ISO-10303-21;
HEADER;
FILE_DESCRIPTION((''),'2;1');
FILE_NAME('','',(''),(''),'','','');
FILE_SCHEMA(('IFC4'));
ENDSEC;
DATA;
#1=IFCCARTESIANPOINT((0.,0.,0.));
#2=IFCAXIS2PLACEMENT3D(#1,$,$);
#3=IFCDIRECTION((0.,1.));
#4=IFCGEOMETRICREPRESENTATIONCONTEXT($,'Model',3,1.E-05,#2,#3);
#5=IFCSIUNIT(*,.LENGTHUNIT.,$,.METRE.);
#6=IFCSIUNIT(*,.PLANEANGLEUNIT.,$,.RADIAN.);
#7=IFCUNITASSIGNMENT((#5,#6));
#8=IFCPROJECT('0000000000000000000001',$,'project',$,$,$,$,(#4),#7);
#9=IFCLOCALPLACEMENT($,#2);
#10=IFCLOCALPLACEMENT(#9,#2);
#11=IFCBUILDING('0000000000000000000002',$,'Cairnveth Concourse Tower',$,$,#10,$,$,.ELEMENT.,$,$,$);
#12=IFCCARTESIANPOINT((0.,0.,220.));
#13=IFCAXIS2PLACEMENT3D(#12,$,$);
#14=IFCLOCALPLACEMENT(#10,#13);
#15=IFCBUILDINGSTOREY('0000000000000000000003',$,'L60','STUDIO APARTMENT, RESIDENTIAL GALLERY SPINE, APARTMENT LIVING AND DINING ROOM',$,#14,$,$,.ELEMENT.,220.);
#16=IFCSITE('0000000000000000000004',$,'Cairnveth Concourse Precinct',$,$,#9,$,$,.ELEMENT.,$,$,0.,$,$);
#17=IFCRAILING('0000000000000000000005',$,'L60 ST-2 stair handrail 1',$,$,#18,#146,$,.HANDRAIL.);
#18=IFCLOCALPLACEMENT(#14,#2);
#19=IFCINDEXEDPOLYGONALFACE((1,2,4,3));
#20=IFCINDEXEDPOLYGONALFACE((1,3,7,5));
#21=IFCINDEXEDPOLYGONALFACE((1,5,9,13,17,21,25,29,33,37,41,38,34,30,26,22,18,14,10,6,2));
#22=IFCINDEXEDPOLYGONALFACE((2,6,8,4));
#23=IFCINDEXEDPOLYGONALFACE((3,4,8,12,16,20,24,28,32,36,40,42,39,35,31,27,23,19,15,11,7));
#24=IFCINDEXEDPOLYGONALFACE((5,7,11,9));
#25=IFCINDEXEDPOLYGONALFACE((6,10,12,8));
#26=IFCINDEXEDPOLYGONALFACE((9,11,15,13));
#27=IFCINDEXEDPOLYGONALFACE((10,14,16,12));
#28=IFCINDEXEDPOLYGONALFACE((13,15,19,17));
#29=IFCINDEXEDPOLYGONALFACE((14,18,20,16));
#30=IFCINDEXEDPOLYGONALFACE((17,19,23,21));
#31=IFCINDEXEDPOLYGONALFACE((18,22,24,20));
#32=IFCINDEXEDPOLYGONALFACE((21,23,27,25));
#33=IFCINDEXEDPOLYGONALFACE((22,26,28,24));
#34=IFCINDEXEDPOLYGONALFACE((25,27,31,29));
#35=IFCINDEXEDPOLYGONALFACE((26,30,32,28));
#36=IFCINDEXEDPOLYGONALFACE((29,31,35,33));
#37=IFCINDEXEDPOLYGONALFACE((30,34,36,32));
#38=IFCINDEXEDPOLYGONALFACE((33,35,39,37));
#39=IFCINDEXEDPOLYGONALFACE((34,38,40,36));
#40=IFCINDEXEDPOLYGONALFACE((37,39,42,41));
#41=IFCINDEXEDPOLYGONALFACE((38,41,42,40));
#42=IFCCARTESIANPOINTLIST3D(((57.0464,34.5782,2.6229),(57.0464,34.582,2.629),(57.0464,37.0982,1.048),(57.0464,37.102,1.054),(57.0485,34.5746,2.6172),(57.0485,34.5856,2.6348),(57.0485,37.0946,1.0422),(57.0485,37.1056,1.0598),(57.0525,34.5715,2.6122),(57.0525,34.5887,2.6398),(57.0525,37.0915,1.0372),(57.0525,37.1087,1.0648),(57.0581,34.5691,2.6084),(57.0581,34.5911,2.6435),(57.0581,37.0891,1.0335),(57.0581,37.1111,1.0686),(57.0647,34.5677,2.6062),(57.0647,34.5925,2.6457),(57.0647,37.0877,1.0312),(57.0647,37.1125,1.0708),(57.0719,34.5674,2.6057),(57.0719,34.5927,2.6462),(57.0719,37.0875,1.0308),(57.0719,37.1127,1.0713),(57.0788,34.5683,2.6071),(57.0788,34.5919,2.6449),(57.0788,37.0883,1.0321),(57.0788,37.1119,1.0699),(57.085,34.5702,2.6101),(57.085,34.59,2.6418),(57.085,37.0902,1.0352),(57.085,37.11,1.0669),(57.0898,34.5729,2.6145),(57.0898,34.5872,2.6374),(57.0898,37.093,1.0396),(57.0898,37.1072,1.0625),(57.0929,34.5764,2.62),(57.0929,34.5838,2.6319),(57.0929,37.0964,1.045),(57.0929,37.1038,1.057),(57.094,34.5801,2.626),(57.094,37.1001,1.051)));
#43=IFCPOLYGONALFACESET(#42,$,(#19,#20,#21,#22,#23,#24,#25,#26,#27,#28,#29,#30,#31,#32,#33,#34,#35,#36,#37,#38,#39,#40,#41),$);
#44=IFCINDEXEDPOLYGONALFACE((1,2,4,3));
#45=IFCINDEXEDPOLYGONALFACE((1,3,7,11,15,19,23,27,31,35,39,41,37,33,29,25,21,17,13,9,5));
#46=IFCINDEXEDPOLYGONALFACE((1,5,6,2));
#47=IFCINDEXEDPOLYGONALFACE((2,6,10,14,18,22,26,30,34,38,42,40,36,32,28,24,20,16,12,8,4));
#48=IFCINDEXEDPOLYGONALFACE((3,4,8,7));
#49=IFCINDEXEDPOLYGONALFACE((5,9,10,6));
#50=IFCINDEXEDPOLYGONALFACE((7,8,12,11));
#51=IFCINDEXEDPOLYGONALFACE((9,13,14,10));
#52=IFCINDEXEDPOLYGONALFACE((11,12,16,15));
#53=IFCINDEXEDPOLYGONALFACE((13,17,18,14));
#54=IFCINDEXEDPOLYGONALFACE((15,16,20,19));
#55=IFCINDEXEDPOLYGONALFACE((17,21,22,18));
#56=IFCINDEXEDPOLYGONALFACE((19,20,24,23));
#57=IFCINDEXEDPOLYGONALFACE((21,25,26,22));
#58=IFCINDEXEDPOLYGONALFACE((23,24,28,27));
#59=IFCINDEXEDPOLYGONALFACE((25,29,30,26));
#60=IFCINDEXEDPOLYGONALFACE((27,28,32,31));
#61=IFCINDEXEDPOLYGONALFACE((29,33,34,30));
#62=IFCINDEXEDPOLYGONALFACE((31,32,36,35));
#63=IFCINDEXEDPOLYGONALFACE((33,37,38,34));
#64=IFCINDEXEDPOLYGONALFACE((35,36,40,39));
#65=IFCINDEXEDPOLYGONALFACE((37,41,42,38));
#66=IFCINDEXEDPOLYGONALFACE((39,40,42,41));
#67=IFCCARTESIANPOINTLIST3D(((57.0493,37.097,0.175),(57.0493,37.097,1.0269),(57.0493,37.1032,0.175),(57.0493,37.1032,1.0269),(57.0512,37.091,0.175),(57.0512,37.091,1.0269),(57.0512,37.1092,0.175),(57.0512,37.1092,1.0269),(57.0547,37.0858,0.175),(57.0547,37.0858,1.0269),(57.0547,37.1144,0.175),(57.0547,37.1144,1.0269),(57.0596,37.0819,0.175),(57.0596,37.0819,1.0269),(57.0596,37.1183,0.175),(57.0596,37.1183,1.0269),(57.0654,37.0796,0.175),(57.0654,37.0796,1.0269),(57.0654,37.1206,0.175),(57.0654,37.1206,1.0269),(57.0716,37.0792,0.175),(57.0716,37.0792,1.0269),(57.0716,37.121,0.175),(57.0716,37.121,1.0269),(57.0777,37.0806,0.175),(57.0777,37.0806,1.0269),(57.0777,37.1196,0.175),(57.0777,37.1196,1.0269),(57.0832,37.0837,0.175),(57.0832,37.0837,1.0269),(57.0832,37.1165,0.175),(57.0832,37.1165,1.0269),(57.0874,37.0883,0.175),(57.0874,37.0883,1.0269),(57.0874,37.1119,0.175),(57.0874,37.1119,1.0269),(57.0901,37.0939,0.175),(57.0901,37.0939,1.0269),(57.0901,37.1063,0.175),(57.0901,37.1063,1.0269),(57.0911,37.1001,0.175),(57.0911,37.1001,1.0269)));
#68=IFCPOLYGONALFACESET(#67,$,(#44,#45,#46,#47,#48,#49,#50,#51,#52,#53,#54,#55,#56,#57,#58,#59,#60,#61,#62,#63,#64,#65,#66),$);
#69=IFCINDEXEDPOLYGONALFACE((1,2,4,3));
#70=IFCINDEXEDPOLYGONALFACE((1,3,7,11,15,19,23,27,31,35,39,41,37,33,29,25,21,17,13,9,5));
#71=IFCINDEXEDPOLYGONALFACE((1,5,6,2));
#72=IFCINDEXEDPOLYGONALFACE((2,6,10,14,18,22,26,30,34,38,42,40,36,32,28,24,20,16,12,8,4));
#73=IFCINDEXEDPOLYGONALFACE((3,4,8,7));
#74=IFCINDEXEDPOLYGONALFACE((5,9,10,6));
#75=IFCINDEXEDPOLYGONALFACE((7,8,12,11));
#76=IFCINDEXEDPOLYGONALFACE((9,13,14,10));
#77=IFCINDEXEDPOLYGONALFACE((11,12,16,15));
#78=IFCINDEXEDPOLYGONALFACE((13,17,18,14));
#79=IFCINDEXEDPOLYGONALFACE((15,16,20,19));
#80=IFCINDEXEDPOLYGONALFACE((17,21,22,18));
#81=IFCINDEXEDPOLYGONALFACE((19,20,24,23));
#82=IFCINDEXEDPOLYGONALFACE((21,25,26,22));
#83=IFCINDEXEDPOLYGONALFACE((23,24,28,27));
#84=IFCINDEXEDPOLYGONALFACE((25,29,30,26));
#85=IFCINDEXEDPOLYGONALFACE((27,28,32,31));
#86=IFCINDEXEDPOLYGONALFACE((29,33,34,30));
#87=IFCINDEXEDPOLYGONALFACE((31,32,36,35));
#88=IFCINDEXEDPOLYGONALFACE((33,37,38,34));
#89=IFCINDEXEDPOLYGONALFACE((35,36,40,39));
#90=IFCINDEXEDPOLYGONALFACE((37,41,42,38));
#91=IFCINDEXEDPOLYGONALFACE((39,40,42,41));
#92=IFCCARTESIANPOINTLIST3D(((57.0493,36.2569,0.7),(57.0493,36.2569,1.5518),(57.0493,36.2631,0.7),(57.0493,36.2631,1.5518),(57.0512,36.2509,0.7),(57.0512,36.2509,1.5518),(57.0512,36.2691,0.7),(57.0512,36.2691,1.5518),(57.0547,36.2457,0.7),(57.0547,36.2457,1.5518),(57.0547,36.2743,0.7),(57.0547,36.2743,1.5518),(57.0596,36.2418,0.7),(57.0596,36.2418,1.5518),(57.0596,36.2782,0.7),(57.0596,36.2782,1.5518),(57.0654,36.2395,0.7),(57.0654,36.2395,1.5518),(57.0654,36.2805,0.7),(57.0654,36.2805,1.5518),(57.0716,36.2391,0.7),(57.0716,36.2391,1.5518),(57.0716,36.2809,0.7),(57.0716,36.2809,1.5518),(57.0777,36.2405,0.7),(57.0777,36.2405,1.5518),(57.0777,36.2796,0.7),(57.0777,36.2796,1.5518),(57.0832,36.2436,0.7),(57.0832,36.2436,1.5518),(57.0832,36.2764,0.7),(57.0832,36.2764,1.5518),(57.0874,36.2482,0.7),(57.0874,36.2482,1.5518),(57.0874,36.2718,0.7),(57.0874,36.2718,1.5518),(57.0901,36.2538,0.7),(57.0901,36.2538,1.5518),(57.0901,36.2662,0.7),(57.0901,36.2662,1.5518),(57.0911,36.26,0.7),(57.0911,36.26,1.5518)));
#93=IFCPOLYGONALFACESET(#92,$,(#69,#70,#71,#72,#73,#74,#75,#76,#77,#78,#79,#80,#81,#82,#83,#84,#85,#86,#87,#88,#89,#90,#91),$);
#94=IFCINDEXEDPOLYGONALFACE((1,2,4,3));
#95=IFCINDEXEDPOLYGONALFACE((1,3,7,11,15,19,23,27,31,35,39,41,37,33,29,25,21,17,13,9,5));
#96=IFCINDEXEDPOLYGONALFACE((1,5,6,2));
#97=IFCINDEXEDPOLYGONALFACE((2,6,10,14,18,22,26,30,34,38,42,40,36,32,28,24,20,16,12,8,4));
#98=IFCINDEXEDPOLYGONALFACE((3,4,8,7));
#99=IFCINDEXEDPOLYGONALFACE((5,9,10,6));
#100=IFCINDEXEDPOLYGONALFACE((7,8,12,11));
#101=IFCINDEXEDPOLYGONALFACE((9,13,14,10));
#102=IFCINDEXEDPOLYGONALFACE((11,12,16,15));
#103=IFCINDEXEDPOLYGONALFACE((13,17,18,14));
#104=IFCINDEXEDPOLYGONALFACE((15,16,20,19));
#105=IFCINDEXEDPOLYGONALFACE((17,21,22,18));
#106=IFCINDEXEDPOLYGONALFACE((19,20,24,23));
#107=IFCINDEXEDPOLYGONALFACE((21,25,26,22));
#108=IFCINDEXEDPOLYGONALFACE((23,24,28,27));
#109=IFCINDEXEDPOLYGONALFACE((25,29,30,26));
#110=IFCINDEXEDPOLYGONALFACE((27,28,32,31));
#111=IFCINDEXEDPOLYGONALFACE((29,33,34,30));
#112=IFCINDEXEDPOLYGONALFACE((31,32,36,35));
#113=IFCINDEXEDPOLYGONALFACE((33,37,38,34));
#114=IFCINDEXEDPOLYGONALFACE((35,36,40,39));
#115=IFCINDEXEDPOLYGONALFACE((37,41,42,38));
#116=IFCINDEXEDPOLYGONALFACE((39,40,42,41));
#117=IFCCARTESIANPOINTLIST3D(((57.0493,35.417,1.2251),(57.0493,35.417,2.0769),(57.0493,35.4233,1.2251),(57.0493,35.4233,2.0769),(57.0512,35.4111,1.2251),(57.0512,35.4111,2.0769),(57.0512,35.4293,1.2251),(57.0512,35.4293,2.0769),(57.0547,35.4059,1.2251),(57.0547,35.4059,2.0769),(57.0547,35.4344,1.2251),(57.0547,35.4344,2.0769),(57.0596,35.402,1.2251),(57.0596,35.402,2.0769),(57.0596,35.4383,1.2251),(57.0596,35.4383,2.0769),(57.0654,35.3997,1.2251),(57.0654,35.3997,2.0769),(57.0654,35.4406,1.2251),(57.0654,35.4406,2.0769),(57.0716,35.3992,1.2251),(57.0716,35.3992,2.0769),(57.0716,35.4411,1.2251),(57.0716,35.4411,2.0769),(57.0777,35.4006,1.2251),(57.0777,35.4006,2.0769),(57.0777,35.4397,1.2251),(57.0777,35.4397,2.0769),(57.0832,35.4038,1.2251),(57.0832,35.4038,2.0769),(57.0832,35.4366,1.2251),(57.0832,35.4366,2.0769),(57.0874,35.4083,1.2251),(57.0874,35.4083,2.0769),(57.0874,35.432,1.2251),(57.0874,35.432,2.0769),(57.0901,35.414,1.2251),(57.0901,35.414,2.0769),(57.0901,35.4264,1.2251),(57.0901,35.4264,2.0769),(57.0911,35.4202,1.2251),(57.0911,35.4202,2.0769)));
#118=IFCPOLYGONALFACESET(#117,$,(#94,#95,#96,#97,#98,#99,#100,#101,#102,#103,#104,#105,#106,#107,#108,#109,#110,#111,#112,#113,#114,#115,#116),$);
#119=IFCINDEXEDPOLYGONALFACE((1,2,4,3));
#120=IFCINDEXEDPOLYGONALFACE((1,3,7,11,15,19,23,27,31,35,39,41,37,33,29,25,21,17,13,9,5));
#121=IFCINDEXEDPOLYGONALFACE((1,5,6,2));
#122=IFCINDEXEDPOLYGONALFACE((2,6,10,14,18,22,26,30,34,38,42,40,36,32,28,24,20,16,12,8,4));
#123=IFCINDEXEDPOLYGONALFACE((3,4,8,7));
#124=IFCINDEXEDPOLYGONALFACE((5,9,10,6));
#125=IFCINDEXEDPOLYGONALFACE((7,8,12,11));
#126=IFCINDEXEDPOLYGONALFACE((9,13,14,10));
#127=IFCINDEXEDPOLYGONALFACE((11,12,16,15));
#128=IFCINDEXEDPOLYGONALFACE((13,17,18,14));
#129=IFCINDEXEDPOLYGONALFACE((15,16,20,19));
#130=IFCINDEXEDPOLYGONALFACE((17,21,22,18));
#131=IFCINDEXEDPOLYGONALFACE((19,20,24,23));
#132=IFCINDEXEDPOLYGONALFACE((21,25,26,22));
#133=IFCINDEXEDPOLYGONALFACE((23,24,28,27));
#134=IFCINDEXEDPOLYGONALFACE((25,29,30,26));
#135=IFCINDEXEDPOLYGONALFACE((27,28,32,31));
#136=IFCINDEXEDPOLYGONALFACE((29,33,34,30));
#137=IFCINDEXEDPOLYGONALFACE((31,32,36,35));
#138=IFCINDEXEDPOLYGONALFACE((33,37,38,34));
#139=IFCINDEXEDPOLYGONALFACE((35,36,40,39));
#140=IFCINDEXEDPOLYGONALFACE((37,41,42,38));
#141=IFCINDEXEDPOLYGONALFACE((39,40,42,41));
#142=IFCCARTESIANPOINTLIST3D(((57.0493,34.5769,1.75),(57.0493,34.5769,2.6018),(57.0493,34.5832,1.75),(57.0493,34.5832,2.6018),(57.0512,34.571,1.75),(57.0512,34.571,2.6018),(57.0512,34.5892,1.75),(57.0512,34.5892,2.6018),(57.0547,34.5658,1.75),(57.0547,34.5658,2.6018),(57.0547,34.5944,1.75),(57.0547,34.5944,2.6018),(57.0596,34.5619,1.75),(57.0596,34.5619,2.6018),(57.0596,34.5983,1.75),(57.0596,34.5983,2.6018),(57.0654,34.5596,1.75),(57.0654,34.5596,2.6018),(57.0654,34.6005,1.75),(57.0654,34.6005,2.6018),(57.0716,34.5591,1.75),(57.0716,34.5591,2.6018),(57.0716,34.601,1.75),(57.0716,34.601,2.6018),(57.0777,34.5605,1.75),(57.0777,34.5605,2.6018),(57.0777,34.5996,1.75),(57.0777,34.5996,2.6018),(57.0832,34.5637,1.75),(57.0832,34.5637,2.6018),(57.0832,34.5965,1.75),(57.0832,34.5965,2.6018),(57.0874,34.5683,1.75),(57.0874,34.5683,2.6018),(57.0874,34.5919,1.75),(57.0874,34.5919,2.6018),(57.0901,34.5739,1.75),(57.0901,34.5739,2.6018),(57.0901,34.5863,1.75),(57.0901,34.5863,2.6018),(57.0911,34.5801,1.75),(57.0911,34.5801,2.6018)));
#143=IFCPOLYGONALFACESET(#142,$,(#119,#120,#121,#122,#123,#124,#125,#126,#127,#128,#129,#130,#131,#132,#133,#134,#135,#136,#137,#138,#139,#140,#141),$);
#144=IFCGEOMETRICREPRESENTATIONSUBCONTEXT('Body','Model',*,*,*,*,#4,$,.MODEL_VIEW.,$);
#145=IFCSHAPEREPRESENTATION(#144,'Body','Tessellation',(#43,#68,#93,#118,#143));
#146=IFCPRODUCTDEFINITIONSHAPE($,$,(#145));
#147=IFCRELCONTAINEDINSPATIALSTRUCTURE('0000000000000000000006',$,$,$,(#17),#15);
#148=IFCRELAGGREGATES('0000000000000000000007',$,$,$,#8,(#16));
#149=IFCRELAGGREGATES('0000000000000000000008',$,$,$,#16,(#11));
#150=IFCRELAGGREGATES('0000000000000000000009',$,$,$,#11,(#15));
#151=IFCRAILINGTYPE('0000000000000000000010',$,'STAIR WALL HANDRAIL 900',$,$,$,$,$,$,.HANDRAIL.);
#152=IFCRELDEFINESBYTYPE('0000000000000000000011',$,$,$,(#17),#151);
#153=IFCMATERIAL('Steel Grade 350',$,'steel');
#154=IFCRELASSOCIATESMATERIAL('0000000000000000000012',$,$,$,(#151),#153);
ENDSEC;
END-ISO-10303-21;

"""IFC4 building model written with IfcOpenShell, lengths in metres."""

from ifc_helpers import new_model, si_unit, direction, frame, origin, origin_2d, place, context, subcontext, project, spatial, circle, extrude, material, type_object, element, save


model = new_model("IFC4")

# Units and contexts
model_context = context("Model", 3, precision=1e-05, world=origin(), true_north=direction((0.0, 1.0)))
body_context = subcontext(model_context, "Body", "Model", "MODEL_VIEW")
ifc_project = project(units=[si_unit("LENGTHUNIT", "METRE"), si_unit("PLANEANGLEUNIT", "RADIAN")], contexts=[model_context])

# Site, building, storey
site_placement = place(None, origin())
site = spatial("IfcSite", under=ifc_project, at=site_placement, Name="Cairnveth Concourse Precinct", CompositionType="ELEMENT", RefElevation=0.0)
building_placement = place(site_placement, origin())
building = spatial("IfcBuilding", under=site, at=building_placement, Name="Cairnveth Concourse Tower", CompositionType="ELEMENT")
storey_placement = place(building_placement, frame((0.0, 0.0, 220.0)))
storey = spatial("IfcBuildingStorey", under=building, at=storey_placement, Name="L60", Description="STUDIO APARTMENT, RESIDENTIAL GALLERY SPINE, APARTMENT LIVING AND DINING ROOM", CompositionType="ELEMENT", Elevation=220.0)

# Shared definitions
ifc_material_1 = material(Name="Steel Grade 350", Category="steel")

# Railing
railing_type_1 = type_object("IfcRailingType", Name="STAIR WALL HANDRAIL 900", PredefinedType="HANDRAIL", material=ifc_material_1)
railing_1_placement = place(storey_placement, frame((57.0701, 37.1001, 0.175)))
element("IfcRailing", 1, at=railing_1_placement, inside=storey, type_object=railing_type_1, Name="L60 ST-2 stair handrail 1", PredefinedType="HANDRAIL", context=body_context, shape_type="SweptSolid", body=[
    extrude(circle(Radius=0.0239, at=origin_2d()), frame((0.0, 0.0, 0.876), z_axis=(0.0, -0.848008, 0.529984), x_axis=(1.0, 0.0, 0.0)), (0.0, 0.0, 1.0), 2.9717),
    extrude(circle(Radius=0.021, at=origin_2d()), origin(), (0.0, 0.0, 1.0), 0.8518),
    extrude(circle(Radius=0.021, at=origin_2d()), frame((0.0, -0.8401, 0.5249)), (0.0, 0.0, 1.0), 0.8518),
    extrude(circle(Radius=0.021, at=origin_2d()), frame((0.0, -1.6799, 1.05)), (0.0, 0.0, 1.0), 0.8518),
    extrude(circle(Radius=0.021, at=origin_2d()), frame((0.0, -2.52, 1.575)), (0.0, 0.0, 1.0), 0.8518),
])

save(model, "model.ifc")
